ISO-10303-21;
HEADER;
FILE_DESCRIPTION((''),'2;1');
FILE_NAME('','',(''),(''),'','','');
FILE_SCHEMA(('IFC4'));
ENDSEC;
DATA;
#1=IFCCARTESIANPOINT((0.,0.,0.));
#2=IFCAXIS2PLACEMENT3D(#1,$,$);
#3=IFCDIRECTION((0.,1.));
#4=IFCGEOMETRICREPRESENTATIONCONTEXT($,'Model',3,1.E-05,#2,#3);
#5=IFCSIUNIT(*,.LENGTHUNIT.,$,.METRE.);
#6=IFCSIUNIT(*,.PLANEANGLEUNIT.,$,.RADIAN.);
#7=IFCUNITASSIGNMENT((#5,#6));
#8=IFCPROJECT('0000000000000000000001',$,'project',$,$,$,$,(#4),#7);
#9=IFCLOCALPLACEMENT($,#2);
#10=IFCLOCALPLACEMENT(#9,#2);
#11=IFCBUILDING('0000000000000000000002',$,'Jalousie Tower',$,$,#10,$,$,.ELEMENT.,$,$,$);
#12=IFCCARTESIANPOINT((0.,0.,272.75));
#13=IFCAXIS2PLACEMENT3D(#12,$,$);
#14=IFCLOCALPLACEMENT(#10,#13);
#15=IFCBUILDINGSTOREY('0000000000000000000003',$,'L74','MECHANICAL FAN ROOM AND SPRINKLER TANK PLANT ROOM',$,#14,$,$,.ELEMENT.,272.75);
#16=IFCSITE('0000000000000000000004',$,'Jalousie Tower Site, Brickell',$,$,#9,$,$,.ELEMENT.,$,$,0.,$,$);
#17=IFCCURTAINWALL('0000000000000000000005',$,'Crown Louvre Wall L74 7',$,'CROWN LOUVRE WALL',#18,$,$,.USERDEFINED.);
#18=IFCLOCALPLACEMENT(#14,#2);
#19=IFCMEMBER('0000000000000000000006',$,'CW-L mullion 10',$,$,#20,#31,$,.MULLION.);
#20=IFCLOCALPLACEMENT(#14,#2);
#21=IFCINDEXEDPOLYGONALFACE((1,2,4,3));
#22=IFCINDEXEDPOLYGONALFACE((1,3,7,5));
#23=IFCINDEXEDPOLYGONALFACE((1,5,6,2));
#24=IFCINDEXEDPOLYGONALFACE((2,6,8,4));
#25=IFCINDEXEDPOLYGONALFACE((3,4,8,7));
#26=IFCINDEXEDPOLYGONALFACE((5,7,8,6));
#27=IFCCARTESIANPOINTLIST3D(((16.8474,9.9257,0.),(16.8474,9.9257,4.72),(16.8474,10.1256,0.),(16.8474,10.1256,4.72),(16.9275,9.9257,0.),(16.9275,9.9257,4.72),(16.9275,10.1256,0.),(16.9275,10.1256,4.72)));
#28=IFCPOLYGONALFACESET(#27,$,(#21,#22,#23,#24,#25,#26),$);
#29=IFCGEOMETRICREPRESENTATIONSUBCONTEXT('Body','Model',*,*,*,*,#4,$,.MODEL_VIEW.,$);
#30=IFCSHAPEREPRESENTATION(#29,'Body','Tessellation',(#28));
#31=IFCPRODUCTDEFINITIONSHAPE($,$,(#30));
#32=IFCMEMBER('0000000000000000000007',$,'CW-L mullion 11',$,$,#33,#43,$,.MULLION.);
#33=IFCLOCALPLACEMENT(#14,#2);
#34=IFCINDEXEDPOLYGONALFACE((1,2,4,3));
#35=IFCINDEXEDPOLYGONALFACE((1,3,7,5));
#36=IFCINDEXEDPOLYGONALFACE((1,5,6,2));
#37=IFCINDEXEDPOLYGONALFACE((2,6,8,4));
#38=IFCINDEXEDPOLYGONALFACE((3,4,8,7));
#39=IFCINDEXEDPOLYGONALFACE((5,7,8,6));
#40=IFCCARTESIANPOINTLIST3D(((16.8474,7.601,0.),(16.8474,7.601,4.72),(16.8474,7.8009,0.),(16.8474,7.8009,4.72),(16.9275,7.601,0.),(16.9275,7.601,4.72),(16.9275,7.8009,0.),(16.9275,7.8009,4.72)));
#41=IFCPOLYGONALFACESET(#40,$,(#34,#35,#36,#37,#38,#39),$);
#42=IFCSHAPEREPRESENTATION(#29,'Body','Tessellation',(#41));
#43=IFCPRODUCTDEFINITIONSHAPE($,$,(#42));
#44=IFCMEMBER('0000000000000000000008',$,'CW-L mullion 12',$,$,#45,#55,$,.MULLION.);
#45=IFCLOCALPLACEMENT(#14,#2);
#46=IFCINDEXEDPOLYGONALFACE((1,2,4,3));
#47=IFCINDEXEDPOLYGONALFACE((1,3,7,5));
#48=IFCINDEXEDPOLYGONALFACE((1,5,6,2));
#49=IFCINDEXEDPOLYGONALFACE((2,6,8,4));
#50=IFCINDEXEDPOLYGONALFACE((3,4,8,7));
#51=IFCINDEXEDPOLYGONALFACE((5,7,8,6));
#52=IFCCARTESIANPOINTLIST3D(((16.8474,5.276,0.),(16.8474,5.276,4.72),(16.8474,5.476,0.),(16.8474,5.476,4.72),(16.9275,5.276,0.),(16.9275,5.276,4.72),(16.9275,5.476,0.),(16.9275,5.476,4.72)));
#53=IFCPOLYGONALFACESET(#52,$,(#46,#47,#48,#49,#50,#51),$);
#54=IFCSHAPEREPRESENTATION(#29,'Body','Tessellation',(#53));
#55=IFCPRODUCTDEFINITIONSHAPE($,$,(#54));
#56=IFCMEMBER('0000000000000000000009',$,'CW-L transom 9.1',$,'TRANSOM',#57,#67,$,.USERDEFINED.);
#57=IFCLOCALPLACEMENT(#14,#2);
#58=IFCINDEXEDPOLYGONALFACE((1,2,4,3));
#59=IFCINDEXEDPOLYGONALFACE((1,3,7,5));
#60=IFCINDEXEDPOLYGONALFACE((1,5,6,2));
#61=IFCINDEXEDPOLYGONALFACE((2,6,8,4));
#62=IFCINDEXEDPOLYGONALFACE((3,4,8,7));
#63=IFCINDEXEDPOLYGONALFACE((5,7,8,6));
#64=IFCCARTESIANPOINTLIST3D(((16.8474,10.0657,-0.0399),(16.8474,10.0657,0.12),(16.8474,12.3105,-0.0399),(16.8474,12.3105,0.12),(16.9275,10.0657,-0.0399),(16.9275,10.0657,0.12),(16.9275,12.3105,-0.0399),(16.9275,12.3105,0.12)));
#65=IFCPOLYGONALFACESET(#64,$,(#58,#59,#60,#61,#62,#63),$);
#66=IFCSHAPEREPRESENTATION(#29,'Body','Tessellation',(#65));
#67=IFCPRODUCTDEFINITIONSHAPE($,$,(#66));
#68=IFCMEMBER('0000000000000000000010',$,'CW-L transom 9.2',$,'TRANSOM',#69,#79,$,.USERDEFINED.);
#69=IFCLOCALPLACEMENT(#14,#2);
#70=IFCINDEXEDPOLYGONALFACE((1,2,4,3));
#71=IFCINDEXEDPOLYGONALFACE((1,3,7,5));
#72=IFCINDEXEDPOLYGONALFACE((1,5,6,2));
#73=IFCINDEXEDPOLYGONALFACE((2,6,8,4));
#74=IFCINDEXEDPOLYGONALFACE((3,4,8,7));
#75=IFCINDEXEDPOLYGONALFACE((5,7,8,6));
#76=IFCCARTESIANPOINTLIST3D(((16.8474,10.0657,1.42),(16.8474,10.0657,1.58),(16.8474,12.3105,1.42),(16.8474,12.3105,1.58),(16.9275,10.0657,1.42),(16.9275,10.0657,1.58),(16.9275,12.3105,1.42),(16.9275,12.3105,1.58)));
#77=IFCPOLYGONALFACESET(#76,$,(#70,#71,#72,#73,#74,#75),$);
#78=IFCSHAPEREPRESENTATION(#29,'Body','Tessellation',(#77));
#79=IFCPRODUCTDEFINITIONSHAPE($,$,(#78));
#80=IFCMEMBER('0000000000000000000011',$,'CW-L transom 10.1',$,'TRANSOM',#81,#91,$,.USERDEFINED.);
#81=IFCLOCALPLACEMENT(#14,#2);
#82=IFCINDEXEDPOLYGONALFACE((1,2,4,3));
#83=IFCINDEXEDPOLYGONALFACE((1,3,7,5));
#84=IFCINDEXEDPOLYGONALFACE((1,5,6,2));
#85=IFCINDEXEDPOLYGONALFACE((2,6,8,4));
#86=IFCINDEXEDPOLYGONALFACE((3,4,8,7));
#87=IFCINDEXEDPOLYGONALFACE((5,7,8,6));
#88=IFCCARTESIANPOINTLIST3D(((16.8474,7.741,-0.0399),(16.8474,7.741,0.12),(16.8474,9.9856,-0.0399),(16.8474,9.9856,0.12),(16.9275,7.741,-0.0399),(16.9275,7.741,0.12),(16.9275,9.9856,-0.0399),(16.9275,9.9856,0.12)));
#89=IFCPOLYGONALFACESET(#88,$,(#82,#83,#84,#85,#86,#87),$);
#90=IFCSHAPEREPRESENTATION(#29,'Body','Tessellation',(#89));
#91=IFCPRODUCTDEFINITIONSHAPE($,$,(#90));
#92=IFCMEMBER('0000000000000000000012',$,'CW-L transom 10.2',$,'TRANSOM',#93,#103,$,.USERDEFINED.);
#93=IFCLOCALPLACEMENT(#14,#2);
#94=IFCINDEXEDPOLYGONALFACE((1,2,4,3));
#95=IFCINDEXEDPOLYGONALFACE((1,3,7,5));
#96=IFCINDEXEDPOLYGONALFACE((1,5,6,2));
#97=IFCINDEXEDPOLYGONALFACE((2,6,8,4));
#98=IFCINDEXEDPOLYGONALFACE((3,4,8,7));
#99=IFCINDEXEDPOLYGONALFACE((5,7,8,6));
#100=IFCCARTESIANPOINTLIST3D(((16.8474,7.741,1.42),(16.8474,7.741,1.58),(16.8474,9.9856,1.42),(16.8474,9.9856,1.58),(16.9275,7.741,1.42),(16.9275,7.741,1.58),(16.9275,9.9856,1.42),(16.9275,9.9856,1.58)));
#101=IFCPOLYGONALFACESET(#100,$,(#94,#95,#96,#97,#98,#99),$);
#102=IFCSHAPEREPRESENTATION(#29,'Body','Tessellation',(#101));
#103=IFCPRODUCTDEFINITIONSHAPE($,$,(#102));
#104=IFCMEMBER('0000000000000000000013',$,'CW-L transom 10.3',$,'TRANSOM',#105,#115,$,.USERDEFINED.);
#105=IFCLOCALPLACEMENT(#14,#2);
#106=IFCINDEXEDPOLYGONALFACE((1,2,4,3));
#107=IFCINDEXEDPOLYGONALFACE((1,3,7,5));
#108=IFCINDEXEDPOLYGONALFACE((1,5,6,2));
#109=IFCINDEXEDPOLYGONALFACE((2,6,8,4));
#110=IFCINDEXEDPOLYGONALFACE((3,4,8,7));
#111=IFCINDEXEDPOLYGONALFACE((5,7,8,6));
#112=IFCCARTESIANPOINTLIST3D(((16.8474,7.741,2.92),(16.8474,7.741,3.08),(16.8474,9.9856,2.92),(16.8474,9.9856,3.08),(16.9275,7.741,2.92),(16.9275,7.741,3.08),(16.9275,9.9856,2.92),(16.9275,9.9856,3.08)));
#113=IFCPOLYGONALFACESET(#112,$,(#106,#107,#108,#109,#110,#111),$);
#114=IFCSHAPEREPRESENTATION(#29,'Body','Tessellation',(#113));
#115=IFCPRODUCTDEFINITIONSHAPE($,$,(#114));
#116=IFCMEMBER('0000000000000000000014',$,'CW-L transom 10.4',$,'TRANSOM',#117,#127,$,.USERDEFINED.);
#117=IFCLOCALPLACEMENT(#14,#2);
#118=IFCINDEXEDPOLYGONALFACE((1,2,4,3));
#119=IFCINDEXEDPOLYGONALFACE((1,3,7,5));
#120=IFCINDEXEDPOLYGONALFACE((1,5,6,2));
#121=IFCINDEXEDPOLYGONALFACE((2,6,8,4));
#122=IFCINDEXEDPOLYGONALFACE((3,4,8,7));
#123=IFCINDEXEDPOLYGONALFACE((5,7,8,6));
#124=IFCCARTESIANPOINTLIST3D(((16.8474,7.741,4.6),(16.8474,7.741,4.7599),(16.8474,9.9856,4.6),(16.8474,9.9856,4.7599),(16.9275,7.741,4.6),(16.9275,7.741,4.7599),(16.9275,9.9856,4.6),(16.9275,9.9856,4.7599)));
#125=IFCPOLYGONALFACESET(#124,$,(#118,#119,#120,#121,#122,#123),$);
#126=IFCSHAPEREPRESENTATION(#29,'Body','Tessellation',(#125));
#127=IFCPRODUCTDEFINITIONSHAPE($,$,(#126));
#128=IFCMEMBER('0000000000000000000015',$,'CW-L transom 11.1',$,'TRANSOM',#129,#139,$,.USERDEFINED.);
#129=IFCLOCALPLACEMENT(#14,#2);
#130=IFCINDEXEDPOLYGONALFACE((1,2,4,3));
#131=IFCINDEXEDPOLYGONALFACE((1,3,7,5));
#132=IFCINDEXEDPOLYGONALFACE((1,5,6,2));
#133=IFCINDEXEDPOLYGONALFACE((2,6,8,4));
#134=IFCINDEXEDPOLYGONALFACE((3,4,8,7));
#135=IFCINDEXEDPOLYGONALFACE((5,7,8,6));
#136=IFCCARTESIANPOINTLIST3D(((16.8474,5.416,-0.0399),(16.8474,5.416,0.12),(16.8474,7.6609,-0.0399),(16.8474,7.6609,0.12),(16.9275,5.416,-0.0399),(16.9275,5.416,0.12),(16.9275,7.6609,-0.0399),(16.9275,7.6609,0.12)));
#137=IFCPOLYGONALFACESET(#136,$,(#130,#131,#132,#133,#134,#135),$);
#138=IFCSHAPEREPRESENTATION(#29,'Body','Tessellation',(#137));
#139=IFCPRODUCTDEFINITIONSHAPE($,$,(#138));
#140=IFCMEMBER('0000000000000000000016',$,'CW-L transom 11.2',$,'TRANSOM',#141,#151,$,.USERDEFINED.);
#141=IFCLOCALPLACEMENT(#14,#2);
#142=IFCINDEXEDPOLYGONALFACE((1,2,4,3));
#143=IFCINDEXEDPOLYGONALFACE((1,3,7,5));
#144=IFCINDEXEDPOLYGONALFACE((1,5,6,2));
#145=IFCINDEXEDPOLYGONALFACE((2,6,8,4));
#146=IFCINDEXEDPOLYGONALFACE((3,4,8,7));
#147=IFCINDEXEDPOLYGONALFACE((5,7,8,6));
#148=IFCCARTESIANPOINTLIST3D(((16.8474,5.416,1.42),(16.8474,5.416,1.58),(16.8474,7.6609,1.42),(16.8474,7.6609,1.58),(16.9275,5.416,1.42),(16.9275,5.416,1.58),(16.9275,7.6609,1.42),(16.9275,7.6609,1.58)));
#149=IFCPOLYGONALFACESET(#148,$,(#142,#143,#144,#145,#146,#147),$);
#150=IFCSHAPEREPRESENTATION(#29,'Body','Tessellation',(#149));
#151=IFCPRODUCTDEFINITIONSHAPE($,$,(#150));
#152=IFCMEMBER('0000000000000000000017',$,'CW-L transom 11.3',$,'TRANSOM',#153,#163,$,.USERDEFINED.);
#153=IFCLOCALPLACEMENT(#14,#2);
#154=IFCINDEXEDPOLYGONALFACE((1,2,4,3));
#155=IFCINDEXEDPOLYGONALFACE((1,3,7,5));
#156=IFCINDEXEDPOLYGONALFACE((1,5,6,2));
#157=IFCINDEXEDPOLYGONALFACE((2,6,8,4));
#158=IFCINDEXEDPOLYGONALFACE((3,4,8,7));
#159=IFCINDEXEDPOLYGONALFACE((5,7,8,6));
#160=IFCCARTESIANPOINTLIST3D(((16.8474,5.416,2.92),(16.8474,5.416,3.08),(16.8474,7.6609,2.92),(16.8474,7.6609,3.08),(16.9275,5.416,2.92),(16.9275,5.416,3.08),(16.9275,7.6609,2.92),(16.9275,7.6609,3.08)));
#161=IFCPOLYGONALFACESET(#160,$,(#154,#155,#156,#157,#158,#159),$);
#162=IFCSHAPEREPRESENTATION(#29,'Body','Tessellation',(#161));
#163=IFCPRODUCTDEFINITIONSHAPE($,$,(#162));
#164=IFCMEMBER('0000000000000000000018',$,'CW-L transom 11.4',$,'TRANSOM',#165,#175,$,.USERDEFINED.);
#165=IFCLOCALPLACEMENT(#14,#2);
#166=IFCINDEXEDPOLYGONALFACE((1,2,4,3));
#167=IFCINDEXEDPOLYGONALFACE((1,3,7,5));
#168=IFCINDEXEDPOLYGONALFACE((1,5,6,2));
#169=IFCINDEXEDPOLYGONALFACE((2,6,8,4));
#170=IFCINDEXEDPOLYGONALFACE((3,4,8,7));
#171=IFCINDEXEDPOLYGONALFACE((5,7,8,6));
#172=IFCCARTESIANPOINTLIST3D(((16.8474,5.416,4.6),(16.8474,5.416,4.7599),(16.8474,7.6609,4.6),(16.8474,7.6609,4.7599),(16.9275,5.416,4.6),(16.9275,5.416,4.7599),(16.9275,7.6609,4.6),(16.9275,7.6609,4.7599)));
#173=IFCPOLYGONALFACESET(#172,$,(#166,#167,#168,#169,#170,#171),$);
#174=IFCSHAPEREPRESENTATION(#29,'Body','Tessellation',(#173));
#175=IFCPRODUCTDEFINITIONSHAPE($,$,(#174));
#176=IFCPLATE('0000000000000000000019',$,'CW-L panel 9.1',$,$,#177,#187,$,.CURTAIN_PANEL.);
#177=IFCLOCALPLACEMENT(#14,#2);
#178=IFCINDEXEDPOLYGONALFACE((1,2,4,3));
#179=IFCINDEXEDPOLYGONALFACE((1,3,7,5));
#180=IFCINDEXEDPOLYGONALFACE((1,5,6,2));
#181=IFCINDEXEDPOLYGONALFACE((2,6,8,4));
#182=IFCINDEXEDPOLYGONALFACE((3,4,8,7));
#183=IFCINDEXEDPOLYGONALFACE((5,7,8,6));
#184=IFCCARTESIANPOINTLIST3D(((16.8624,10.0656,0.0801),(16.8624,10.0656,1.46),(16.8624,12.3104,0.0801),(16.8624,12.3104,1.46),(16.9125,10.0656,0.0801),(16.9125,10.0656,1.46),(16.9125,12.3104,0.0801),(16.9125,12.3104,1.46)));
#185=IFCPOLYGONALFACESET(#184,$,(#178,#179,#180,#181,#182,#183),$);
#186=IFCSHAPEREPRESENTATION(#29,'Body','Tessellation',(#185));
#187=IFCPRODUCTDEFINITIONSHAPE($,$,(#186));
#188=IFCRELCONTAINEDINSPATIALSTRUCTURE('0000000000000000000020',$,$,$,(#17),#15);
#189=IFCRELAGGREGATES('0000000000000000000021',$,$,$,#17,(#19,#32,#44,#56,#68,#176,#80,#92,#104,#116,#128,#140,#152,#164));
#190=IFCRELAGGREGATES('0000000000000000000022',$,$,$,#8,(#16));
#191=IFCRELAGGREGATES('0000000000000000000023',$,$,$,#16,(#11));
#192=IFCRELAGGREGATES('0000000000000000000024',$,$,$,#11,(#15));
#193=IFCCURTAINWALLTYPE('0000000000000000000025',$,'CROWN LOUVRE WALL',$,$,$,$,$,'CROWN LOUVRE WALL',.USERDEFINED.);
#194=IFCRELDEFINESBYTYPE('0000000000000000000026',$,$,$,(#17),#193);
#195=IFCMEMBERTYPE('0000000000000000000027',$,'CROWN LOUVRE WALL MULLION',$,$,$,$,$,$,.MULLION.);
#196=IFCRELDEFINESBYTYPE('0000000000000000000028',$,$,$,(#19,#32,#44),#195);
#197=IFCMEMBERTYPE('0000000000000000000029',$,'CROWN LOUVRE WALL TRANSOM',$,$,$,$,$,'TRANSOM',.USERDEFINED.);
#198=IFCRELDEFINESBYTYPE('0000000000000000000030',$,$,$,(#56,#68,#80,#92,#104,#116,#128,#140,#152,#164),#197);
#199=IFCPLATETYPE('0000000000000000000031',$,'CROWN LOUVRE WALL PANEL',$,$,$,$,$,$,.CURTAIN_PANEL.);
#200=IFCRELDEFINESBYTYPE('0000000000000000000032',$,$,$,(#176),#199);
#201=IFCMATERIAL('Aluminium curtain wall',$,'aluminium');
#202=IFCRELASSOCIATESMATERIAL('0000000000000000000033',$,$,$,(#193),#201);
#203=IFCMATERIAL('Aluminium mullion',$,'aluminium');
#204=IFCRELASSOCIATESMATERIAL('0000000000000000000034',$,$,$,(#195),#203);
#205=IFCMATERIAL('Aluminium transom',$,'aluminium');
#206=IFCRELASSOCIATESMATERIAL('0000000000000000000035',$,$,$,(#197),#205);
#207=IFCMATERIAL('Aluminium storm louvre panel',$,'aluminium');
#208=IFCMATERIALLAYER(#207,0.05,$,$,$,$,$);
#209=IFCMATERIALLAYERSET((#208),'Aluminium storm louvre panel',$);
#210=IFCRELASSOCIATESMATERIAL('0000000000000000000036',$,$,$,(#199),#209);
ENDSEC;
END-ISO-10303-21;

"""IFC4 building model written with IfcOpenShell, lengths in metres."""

from ifc_helpers import new_model, si_unit, direction, frame, origin, origin_2d, place, context, subcontext, project, spatial, rectangle, extrude, material, layer, layer_set, material_profile, profile_set, type_object, element, aggregate, save


model = new_model("IFC4")

# Units and contexts
model_context = context("Model", 3, precision=1e-05, world=origin(), true_north=direction((0.0, 1.0)))
body_context = subcontext(model_context, "Body", "Model", "MODEL_VIEW")
ifc_project = project(units=[si_unit("LENGTHUNIT", "METRE"), si_unit("PLANEANGLEUNIT", "RADIAN")], contexts=[model_context])

# Site, building, storey
site_placement = place(None, origin())
site = spatial("IfcSite", under=ifc_project, at=site_placement, Name="Jalousie Tower Site, Brickell", CompositionType="ELEMENT", RefElevation=0.0)
building_placement = place(site_placement, origin())
building = spatial("IfcBuilding", under=site, at=building_placement, Name="Jalousie Tower", CompositionType="ELEMENT")
storey_placement = place(building_placement, frame((0.0, 0.0, 272.75)))
storey = spatial("IfcBuildingStorey", under=building, at=storey_placement, Name="L74", Description="MECHANICAL FAN ROOM AND SPRINKLER TANK PLANT ROOM", CompositionType="ELEMENT", Elevation=272.75)

# Curtain wall, members, plate
ifc_material_1 = material(Name="Aluminium curtain wall", Category="aluminium")
curtain_wall_type = type_object("IfcCurtainWallType", Name="CROWN LOUVRE WALL", ElementType="CROWN LOUVRE WALL", PredefinedType="USERDEFINED", material=ifc_material_1)
curtain_wall_placement = place(storey_placement, origin())
curtain_wall = element("IfcCurtainWall", 1, at=curtain_wall_placement, inside=storey, type_object=curtain_wall_type, Name="Crown Louvre Wall L74 7", ObjectType="CROWN LOUVRE WALL", PredefinedType="USERDEFINED")
ifc_material_2 = material(Name="Aluminium mullion", Category="aluminium")
ifc_material_profile_1 = material_profile(ifc_material_2, rectangle(XDim=0.0801, YDim=0.2, at=origin_2d()), Name="MULLION 80x200")
ifc_profile_set_1 = profile_set([ifc_material_profile_1], Name="Aluminium mullion")
member_type_1 = type_object("IfcMemberType", Name="CROWN LOUVRE WALL MULLION", PredefinedType="MULLION", material=ifc_profile_set_1)
member_1_placement = place(storey_placement, frame((16.8875, 10.0256, 0.0), z_axis=(0.0, 0.0, 1.0), x_axis=(1.0, 0.0, 0.0)))
member_1 = element("IfcMember", 2, at=member_1_placement, type_object=member_type_1, Name="CW-L mullion 10", PredefinedType="MULLION", context=body_context, shape_type="SweptSolid", body=[
    extrude(rectangle(XDim=0.0801, YDim=0.2, at=origin_2d()), origin(), (0.0, 0.0, 1.0), 4.72),
])
member_2_placement = place(storey_placement, frame((16.8875, 7.7009, 0.0), z_axis=(0.0, 0.0, 1.0), x_axis=(1.0, 0.0, 0.0)))
member_2 = element("IfcMember", 3, at=member_2_placement, type_object=member_type_1, Name="CW-L mullion 11", PredefinedType="MULLION", context=body_context, shape_type="SweptSolid", body=[
    extrude(rectangle(XDim=0.0801, YDim=0.2, at=origin_2d()), origin(), (0.0, 0.0, 1.0), 4.72),
])
member_3_placement = place(storey_placement, frame((16.8875, 5.376, 0.0), z_axis=(0.0, 0.0, 1.0), x_axis=(1.0, 0.0, 0.0)))
member_3 = element("IfcMember", 4, at=member_3_placement, type_object=member_type_1, Name="CW-L mullion 12", PredefinedType="MULLION", context=body_context, shape_type="SweptSolid", body=[
    extrude(rectangle(XDim=0.0801, YDim=0.2, at=origin_2d()), origin(), (0.0, 0.0, 1.0), 4.72),
])
ifc_material_3 = material(Name="Aluminium transom", Category="aluminium")
ifc_material_profile_2 = material_profile(ifc_material_3, rectangle(XDim=0.0801, YDim=0.1599, at=origin_2d()), Name="TRANSOM 80x160")
ifc_profile_set_2 = profile_set([ifc_material_profile_2], Name="Aluminium transom")
member_type_2 = type_object("IfcMemberType", Name="CROWN LOUVRE WALL TRANSOM", ElementType="TRANSOM", PredefinedType="USERDEFINED", material=ifc_profile_set_2)
member_4_placement = place(storey_placement, frame((16.8875, 12.3105, 0.04), z_axis=(0.0, -1.0, 0.0), x_axis=(1.0, 0.0, 0.0)))
member_4 = element("IfcMember", 5, at=member_4_placement, type_object=member_type_2, Name="CW-L transom 9.1", ObjectType="TRANSOM", PredefinedType="USERDEFINED", context=body_context, shape_type="SweptSolid", body=[
    extrude(rectangle(XDim=0.0801, YDim=0.1599, at=origin_2d()), origin(), (0.0, 0.0, 1.0), 2.2449),
])
member_5_placement = place(storey_placement, frame((16.8875, 12.3105, 1.5), z_axis=(0.0, -1.0, 0.0), x_axis=(1.0, 0.0, 0.0)))
member_5 = element("IfcMember", 6, at=member_5_placement, type_object=member_type_2, Name="CW-L transom 9.2", ObjectType="TRANSOM", PredefinedType="USERDEFINED", context=body_context, shape_type="SweptSolid", body=[
    extrude(rectangle(XDim=0.0801, YDim=0.1599, at=origin_2d()), origin(), (0.0, 0.0, 1.0), 2.2449),
])
member_6_placement = place(storey_placement, frame((16.8875, 9.9856, 0.04), z_axis=(0.0, -1.0, 0.0), x_axis=(1.0, 0.0, 0.0)))
member_6 = element("IfcMember", 7, at=member_6_placement, type_object=member_type_2, Name="CW-L transom 10.1", ObjectType="TRANSOM", PredefinedType="USERDEFINED", context=body_context, shape_type="SweptSolid", body=[
    extrude(rectangle(XDim=0.0801, YDim=0.1599, at=origin_2d()), origin(), (0.0, 0.0, 1.0), 2.2446),
])
member_7_placement = place(storey_placement, frame((16.8875, 9.9856, 1.5), z_axis=(0.0, -1.0, 0.0), x_axis=(1.0, 0.0, 0.0)))
member_7 = element("IfcMember", 8, at=member_7_placement, type_object=member_type_2, Name="CW-L transom 10.2", ObjectType="TRANSOM", PredefinedType="USERDEFINED", context=body_context, shape_type="SweptSolid", body=[
    extrude(rectangle(XDim=0.0801, YDim=0.1599, at=origin_2d()), origin(), (0.0, 0.0, 1.0), 2.2446),
])
member_8_placement = place(storey_placement, frame((16.8875, 9.9856, 3.0), z_axis=(0.0, -1.0, 0.0), x_axis=(1.0, 0.0, 0.0)))
member_8 = element("IfcMember", 9, at=member_8_placement, type_object=member_type_2, Name="CW-L transom 10.3", ObjectType="TRANSOM", PredefinedType="USERDEFINED", context=body_context, shape_type="SweptSolid", body=[
    extrude(rectangle(XDim=0.0801, YDim=0.1599, at=origin_2d()), origin(), (0.0, 0.0, 1.0), 2.2446),
])
member_9_placement = place(storey_placement, frame((16.8875, 9.9856, 4.6799), z_axis=(0.0, -1.0, 0.0), x_axis=(1.0, 0.0, 0.0)))
member_9 = element("IfcMember", 10, at=member_9_placement, type_object=member_type_2, Name="CW-L transom 10.4", ObjectType="TRANSOM", PredefinedType="USERDEFINED", context=body_context, shape_type="SweptSolid", body=[
    extrude(rectangle(XDim=0.0801, YDim=0.1599, at=origin_2d()), origin(), (0.0, 0.0, 1.0), 2.2446),
])
member_10_placement = place(storey_placement, frame((16.8875, 7.6609, 0.04), z_axis=(0.0, -1.0, 0.0), x_axis=(1.0, 0.0, 0.0)))
member_10 = element("IfcMember", 11, at=member_10_placement, type_object=member_type_2, Name="CW-L transom 11.1", ObjectType="TRANSOM", PredefinedType="USERDEFINED", context=body_context, shape_type="SweptSolid", body=[
    extrude(rectangle(XDim=0.0801, YDim=0.1599, at=origin_2d()), origin(), (0.0, 0.0, 1.0), 2.2449),
])
member_11_placement = place(storey_placement, frame((16.8875, 7.6609, 1.5), z_axis=(0.0, -1.0, 0.0), x_axis=(1.0, 0.0, 0.0)))
member_11 = element("IfcMember", 12, at=member_11_placement, type_object=member_type_2, Name="CW-L transom 11.2", ObjectType="TRANSOM", PredefinedType="USERDEFINED", context=body_context, shape_type="SweptSolid", body=[
    extrude(rectangle(XDim=0.0801, YDim=0.1599, at=origin_2d()), origin(), (0.0, 0.0, 1.0), 2.2449),
])
member_12_placement = place(storey_placement, frame((16.8875, 7.6609, 3.0), z_axis=(0.0, -1.0, 0.0), x_axis=(1.0, 0.0, 0.0)))
member_12 = element("IfcMember", 13, at=member_12_placement, type_object=member_type_2, Name="CW-L transom 11.3", ObjectType="TRANSOM", PredefinedType="USERDEFINED", context=body_context, shape_type="SweptSolid", body=[
    extrude(rectangle(XDim=0.0801, YDim=0.1599, at=origin_2d()), origin(), (0.0, 0.0, 1.0), 2.2449),
])
member_13_placement = place(storey_placement, frame((16.8875, 7.6609, 4.6799), z_axis=(0.0, -1.0, 0.0), x_axis=(1.0, 0.0, 0.0)))
member_13 = element("IfcMember", 14, at=member_13_placement, type_object=member_type_2, Name="CW-L transom 11.4", ObjectType="TRANSOM", PredefinedType="USERDEFINED", context=body_context, shape_type="SweptSolid", body=[
    extrude(rectangle(XDim=0.0801, YDim=0.1599, at=origin_2d()), origin(), (0.0, 0.0, 1.0), 2.2449),
])
ifc_material_4 = material(Name="Aluminium storm louvre panel", Category="aluminium")
ifc_layer = layer(ifc_material_4, 0.05)
ifc_layer_set = layer_set([ifc_layer], Name="Aluminium storm louvre panel")
plate_type = type_object("IfcPlateType", Name="CROWN LOUVRE WALL PANEL", PredefinedType="CURTAIN_PANEL", material=ifc_layer_set)
plate_1_placement = place(storey_placement, frame((16.8875, 11.188, 0.0801), z_axis=(0.0, 0.0, 1.0), x_axis=(0.0, -1.0, 0.0)))
plate_1 = element("IfcPlate", 15, at=plate_1_placement, type_object=plate_type, Name="CW-L panel 9.1", PredefinedType="CURTAIN_PANEL", context=body_context, shape_type="SweptSolid", body=[
    extrude(rectangle(XDim=2.2449, YDim=0.05, at=origin_2d()), origin(), (0.0, 0.0, 1.0), 1.3799),
])
aggregate(curtain_wall, [member_1, member_2, member_3, member_4, member_5, plate_1, member_6, member_7, member_8, member_9, member_10, member_11, member_12, member_13])

save(model, "model.ifc")
